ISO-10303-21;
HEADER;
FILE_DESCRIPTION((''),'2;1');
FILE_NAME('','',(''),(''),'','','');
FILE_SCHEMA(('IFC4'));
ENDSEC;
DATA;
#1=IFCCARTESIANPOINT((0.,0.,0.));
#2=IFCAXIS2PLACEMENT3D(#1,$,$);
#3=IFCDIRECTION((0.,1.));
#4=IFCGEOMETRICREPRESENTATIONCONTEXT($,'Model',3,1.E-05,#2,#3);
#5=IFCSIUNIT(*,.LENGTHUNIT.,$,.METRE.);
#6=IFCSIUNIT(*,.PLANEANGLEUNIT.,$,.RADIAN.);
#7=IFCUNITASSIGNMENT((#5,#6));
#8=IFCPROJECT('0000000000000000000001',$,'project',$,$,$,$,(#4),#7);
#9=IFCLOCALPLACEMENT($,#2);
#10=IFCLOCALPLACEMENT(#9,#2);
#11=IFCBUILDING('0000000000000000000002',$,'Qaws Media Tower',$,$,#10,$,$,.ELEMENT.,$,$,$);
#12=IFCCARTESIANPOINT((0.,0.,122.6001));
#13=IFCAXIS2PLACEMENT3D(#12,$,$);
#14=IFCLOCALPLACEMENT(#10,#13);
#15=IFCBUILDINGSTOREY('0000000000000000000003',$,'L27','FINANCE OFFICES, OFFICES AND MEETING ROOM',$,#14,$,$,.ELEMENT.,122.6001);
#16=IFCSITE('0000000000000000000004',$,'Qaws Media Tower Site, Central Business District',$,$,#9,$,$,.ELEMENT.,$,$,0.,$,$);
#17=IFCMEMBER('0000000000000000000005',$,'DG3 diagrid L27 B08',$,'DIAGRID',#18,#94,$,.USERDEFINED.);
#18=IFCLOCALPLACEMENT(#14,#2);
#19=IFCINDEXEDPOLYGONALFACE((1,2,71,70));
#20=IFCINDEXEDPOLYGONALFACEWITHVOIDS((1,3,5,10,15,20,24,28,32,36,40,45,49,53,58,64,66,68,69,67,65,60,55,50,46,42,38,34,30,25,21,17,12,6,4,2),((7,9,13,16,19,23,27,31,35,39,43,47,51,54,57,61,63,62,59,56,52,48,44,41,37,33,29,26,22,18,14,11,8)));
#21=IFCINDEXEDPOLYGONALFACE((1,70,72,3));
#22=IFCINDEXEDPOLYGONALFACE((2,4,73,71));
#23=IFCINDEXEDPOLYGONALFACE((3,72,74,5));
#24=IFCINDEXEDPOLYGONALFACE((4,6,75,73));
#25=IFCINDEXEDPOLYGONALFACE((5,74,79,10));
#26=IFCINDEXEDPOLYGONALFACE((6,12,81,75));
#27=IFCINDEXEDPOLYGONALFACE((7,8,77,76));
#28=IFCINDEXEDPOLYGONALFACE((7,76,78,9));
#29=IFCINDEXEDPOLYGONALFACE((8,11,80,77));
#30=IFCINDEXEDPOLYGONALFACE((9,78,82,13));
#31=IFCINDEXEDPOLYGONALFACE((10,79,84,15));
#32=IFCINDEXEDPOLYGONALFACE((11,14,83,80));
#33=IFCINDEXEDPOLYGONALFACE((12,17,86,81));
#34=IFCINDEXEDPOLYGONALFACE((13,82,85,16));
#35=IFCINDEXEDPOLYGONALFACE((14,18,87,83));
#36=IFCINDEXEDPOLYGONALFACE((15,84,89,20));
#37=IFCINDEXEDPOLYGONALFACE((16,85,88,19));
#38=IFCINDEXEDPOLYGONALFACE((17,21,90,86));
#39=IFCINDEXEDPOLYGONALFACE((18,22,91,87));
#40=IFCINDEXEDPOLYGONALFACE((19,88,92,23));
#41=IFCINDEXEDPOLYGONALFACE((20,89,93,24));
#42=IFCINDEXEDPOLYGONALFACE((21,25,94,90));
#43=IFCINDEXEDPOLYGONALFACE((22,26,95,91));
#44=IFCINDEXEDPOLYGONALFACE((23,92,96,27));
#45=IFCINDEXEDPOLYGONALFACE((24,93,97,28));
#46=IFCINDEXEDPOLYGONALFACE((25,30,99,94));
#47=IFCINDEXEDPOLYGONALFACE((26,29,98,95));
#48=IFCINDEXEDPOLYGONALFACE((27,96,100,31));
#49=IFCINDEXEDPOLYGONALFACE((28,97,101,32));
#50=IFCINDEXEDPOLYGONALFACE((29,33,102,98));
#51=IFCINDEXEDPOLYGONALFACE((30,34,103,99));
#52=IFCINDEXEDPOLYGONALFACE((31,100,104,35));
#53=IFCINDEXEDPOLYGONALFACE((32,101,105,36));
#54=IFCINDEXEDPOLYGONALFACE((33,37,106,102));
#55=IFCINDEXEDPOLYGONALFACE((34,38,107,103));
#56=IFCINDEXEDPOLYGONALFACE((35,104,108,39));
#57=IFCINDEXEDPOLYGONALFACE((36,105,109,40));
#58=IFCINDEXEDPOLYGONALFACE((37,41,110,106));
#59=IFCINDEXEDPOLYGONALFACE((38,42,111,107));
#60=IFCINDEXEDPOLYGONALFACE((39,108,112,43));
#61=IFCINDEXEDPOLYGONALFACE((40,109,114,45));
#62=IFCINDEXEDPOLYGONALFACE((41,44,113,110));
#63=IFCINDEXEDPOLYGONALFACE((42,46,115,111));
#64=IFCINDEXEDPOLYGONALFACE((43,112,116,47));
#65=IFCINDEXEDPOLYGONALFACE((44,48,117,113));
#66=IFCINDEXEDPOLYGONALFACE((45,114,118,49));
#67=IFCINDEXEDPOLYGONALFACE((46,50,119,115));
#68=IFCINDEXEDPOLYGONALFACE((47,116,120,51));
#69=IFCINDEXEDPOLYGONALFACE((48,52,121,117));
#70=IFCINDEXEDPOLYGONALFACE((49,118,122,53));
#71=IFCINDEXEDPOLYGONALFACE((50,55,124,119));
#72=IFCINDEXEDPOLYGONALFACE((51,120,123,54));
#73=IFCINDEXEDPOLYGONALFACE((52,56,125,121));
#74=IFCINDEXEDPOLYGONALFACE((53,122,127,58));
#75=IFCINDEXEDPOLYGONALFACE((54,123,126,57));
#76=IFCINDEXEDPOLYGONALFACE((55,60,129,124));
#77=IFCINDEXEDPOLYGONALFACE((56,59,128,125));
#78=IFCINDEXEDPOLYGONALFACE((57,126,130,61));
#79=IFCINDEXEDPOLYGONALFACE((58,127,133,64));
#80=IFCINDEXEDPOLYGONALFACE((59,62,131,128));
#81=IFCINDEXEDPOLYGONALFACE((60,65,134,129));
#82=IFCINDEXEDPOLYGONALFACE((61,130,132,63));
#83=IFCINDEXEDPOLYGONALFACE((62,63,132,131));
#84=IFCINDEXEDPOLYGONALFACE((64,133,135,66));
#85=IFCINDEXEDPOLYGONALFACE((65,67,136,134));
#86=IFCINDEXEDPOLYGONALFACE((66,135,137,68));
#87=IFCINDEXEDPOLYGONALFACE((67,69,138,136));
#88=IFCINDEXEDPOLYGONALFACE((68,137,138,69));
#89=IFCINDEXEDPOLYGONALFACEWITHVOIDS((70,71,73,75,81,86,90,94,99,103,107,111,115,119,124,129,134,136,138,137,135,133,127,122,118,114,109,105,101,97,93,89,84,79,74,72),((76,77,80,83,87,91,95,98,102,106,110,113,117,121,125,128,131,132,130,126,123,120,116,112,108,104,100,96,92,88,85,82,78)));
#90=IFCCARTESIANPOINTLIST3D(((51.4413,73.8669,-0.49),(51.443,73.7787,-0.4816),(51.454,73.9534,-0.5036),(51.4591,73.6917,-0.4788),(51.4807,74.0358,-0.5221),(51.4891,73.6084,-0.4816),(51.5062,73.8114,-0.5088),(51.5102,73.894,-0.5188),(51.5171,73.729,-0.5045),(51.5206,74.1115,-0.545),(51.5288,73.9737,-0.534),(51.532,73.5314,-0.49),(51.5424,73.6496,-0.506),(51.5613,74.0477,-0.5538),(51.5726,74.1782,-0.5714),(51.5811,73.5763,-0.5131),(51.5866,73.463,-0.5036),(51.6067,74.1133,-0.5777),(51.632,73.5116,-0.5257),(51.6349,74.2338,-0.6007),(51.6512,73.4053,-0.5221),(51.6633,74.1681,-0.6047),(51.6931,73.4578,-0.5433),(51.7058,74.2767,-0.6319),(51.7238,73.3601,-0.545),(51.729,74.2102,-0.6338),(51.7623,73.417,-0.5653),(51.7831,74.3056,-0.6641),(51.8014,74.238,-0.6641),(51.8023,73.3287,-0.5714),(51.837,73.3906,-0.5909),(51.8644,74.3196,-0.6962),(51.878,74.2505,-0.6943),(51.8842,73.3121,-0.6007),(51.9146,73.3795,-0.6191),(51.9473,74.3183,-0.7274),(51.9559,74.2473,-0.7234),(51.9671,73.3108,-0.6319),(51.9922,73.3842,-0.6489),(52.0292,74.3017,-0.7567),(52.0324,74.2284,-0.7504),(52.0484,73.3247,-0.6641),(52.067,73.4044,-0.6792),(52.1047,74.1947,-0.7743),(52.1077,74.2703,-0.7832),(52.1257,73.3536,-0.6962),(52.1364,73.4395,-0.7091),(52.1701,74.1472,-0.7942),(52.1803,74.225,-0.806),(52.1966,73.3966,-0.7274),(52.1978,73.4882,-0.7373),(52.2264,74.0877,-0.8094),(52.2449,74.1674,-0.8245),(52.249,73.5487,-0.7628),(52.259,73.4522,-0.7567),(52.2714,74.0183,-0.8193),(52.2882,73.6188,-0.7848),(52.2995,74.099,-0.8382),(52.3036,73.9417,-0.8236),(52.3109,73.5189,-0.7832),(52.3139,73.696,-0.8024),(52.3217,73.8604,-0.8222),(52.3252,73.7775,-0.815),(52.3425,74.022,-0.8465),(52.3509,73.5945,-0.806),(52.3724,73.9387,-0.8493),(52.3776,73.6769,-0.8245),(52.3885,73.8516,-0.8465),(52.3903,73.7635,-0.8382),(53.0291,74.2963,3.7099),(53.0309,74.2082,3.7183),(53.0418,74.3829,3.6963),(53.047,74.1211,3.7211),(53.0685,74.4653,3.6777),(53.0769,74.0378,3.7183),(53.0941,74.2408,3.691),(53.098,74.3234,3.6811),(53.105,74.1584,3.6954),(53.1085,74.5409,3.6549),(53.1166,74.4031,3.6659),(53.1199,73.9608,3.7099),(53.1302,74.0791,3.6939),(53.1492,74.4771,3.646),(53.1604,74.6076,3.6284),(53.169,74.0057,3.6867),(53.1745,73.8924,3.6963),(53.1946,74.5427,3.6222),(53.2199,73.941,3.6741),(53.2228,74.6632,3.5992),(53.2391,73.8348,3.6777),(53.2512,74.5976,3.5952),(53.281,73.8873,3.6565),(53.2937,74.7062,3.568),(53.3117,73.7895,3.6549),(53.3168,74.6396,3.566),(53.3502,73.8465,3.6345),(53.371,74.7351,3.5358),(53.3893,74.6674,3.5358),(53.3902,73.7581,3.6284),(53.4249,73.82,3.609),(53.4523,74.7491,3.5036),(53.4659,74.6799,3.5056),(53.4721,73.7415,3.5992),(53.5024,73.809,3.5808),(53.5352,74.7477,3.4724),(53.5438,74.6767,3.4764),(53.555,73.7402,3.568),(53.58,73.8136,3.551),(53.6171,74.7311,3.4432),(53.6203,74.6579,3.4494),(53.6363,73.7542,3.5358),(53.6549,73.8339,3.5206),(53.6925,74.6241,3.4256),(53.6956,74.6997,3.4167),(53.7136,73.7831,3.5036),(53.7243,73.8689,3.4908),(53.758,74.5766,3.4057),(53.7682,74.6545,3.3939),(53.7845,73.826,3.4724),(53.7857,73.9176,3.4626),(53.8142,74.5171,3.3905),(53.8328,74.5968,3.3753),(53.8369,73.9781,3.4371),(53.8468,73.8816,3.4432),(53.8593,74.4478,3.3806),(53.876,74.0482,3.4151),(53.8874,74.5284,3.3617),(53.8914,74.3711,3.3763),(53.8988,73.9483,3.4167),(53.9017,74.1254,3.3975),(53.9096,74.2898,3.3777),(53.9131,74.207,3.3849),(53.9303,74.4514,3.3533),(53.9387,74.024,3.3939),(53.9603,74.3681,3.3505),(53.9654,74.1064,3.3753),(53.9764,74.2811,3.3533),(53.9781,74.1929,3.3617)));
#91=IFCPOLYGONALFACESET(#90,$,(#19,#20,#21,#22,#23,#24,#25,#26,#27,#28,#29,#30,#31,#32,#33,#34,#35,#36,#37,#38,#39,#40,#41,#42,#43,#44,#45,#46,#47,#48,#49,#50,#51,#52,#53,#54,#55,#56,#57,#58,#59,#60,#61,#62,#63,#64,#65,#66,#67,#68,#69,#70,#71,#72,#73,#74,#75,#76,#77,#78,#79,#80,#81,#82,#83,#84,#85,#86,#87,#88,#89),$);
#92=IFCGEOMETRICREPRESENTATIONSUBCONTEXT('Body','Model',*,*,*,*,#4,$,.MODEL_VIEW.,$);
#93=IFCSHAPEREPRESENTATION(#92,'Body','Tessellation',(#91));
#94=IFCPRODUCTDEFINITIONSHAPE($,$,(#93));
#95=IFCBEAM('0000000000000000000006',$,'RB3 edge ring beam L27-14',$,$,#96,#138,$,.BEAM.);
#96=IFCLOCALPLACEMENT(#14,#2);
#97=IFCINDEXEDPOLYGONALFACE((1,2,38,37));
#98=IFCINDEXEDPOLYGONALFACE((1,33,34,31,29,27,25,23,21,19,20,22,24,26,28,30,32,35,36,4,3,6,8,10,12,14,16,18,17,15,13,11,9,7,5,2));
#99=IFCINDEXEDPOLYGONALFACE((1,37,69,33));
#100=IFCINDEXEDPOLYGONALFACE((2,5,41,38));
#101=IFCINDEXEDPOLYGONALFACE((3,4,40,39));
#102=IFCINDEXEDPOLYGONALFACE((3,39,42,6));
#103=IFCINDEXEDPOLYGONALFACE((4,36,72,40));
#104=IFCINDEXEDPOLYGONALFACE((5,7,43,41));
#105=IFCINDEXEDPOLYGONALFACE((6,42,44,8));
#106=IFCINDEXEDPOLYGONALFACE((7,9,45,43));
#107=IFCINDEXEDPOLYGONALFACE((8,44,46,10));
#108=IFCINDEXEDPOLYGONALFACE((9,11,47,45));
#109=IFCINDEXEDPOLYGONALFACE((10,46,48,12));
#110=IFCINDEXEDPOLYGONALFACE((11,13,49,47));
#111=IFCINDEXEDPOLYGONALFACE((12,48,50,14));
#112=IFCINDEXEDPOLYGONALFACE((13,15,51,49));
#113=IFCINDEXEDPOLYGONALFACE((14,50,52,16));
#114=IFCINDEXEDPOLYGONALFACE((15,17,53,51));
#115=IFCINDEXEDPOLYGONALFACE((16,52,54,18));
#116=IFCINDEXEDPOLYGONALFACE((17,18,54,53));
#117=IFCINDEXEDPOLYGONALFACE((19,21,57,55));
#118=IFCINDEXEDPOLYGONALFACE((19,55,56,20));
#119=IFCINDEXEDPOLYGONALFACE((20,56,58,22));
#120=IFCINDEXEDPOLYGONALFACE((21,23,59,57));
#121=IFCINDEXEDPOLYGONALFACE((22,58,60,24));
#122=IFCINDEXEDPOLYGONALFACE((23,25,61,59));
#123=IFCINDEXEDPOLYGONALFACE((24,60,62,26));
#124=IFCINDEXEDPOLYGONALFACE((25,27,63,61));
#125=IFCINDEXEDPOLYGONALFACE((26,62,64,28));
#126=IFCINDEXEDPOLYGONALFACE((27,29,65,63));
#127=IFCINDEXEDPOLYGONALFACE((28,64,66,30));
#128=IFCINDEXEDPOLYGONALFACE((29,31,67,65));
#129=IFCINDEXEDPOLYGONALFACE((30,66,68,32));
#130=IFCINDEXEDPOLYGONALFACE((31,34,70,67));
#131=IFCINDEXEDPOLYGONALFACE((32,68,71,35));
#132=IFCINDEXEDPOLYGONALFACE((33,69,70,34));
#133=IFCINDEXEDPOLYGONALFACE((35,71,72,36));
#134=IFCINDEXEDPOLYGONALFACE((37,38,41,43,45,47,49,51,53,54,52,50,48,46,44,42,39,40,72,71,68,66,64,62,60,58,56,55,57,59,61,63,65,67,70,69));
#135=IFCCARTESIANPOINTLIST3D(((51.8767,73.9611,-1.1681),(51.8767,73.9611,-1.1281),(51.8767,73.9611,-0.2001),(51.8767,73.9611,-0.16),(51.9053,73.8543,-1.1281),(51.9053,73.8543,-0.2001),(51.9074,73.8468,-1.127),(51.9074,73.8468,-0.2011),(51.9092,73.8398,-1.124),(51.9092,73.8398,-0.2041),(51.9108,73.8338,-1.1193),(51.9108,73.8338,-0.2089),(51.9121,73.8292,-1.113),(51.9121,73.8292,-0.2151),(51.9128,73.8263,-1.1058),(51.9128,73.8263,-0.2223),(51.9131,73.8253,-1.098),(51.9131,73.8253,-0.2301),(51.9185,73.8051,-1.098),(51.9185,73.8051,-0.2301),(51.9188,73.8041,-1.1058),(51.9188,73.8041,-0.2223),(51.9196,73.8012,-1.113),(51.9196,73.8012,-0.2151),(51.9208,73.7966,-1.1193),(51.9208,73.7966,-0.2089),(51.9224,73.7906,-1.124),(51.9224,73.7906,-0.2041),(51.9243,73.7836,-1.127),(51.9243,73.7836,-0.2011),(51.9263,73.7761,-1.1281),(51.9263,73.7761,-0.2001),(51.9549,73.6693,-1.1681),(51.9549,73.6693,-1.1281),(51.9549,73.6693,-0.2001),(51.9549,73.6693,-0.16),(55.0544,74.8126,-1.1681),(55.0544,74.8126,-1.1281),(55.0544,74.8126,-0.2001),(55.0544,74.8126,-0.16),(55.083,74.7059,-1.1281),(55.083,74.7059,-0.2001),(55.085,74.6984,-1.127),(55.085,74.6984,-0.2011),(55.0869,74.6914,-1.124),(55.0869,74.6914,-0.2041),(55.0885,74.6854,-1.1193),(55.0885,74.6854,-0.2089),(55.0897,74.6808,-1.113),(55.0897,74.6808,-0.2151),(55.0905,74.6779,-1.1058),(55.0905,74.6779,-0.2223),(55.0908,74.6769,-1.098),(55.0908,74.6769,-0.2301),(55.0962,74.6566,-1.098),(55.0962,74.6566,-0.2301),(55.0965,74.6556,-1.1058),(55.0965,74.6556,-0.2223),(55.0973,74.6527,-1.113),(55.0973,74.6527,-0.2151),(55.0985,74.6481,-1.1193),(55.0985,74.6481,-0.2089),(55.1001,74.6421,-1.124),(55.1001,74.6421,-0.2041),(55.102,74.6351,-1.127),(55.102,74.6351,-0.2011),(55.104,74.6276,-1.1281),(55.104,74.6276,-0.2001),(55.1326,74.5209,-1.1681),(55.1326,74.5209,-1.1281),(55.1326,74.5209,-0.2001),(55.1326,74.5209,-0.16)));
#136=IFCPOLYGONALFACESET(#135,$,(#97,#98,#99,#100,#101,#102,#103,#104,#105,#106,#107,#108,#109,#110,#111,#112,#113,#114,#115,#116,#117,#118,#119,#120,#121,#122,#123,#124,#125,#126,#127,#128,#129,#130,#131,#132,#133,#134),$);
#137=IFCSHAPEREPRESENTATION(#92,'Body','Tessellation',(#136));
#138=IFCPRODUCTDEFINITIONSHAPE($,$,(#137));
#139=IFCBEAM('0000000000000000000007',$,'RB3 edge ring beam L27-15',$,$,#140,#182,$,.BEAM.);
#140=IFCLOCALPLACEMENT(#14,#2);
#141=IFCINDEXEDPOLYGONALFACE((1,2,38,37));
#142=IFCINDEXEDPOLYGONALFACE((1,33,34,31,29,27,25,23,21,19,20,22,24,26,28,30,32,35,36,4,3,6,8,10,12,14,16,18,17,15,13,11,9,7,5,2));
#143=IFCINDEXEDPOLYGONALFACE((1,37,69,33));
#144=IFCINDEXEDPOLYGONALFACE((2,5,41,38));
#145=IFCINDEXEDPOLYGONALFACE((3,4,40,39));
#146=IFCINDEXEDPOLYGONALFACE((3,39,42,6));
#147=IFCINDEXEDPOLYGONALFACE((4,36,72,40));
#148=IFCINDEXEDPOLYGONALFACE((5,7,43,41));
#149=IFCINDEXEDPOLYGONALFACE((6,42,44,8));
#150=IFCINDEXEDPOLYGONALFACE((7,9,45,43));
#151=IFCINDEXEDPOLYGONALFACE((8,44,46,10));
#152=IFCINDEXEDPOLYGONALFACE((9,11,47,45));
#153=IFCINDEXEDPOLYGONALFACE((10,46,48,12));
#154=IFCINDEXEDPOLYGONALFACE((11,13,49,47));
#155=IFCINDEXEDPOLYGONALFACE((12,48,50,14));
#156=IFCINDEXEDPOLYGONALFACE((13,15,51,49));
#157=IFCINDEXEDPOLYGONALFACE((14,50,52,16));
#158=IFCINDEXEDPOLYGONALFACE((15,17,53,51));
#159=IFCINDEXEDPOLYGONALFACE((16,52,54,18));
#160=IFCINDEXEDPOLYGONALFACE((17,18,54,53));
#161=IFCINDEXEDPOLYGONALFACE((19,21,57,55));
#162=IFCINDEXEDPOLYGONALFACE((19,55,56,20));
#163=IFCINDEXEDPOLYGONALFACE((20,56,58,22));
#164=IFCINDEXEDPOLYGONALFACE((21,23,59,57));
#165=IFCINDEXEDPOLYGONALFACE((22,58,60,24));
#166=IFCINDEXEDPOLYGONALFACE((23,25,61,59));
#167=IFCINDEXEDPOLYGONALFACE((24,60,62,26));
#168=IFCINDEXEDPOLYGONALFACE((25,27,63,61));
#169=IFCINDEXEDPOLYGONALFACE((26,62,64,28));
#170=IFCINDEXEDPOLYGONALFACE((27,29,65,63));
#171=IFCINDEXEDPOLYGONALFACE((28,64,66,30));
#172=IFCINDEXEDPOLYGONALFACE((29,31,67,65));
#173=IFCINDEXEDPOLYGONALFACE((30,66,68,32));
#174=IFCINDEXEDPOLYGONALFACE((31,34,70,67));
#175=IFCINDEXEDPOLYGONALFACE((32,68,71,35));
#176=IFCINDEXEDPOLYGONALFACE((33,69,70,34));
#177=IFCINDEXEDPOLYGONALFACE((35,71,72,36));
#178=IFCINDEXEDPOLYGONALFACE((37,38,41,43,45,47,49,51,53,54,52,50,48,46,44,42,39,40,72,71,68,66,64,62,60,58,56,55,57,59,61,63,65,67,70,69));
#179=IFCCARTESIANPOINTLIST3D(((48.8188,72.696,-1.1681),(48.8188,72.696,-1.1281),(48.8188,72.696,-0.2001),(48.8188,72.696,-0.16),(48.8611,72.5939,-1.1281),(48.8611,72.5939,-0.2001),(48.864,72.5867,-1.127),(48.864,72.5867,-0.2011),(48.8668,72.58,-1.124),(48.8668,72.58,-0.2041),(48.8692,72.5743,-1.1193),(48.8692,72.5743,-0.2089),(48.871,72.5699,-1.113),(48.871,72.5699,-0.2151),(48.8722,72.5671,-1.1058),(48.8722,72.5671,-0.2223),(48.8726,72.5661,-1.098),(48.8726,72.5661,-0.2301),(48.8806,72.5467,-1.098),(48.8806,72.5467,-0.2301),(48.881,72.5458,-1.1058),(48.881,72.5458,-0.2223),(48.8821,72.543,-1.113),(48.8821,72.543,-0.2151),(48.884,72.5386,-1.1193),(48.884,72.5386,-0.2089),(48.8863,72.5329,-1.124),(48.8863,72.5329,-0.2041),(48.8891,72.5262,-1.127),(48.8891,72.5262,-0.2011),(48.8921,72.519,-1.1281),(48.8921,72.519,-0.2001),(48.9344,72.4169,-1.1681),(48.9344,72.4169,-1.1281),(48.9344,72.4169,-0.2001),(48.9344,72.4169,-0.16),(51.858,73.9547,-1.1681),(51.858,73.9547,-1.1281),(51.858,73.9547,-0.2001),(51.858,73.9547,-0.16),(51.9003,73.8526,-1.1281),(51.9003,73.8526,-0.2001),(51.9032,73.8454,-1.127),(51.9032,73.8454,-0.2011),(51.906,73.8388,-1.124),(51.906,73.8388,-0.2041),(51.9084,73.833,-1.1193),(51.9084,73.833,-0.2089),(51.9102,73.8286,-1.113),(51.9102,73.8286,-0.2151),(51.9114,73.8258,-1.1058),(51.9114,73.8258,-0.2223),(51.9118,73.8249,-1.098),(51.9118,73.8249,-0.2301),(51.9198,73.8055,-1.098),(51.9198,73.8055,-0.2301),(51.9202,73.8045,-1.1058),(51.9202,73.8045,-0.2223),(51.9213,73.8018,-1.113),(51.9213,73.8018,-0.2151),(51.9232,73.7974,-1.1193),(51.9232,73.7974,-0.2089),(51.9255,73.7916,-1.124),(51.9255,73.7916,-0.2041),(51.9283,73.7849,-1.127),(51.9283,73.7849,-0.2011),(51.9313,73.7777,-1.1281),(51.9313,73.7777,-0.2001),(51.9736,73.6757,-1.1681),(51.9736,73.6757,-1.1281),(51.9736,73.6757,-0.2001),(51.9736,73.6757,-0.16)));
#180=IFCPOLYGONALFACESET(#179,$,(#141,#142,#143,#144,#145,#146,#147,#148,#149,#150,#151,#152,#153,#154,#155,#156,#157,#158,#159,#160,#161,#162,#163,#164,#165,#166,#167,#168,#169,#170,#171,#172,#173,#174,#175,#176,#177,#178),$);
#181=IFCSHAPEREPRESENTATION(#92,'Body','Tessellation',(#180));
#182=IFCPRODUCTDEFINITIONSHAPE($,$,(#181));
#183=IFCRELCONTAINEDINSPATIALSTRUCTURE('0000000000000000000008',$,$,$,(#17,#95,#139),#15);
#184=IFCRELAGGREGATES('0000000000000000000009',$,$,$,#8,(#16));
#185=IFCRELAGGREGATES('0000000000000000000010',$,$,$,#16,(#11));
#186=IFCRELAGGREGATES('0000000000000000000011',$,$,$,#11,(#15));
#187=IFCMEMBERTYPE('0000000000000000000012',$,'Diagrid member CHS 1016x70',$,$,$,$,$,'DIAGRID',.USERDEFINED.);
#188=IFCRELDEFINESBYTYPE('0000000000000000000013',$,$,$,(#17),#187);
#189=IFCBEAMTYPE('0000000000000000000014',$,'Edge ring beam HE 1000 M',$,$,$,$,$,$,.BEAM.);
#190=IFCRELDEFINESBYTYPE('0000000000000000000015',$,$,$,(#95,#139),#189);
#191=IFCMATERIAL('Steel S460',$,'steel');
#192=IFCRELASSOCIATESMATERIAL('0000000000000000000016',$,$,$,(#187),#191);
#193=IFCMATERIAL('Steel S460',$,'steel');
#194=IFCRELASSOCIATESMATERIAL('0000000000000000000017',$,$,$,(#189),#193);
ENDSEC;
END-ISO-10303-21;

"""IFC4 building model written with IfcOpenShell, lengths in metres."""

from ifc_helpers import new_model, si_unit, direction, frame, origin, origin_2d, place, context, subcontext, project, spatial, hollow_circle, i_section, extrude, material, material_profile, profile_set, type_object, element, save


model = new_model("IFC4")

# Units and contexts
model_context = context("Model", 3, precision=1e-05, world=origin(), true_north=direction((0.0, 1.0)))
body_context = subcontext(model_context, "Body", "Model", "MODEL_VIEW")
ifc_project = project(units=[si_unit("LENGTHUNIT", "METRE"), si_unit("PLANEANGLEUNIT", "RADIAN")], contexts=[model_context])

# Site, building, storey
site_placement = place(None, origin())
site = spatial("IfcSite", under=ifc_project, at=site_placement, Name="Qaws Media Tower Site, Central Business District", CompositionType="ELEMENT", RefElevation=0.0)
building_placement = place(site_placement, origin())
building = spatial("IfcBuilding", under=site, at=building_placement, Name="Qaws Media Tower", CompositionType="ELEMENT")
storey_placement = place(building_placement, frame((0.0, 0.0, 122.6001)))
storey = spatial("IfcBuildingStorey", under=building, at=storey_placement, Name="L27", Description="FINANCE OFFICES, OFFICES AND MEETING ROOM", CompositionType="ELEMENT", Elevation=122.6001)

# Member
ifc_material_1 = material(Name="Steel S460", Category="steel")
ifc_material_profile_1 = material_profile(ifc_material_1, hollow_circle(Radius=0.5081, WallThickness=0.0701, at=origin_2d()), Name="CHS 1016x70")
ifc_profile_set_1 = profile_set([ifc_material_profile_1], Name="Steel S460")
member_type_1 = type_object("IfcMemberType", Name="Diagrid member CHS 1016x70", ElementType="DIAGRID", PredefinedType="USERDEFINED", material=ifc_profile_set_1)
for number, where, z_axis, x_axis, name in (
    (1, (51.9158, 73.8152, -0.6641), (0.352036, 0.095208, 0.931132), (-0.26107, 0.96532, 0.0), "DG3 diagrid L27 B08"),
):
    element("IfcMember", number, at=place(storey_placement, frame(where, z_axis=z_axis, x_axis=x_axis)), inside=storey, type_object=member_type_1, Name=name, ObjectType="DIAGRID", PredefinedType="USERDEFINED", context=body_context, shape_type="SweptSolid", body=[
        extrude(hollow_circle(Radius=0.5081, WallThickness=0.0701, at=origin_2d()), origin(), (0.0, 0.0, 1.0), 4.5105),
    ])

# Beams
ifc_material_2 = material(Name="Steel S460", Category="steel")
ifc_material_profile_2 = material_profile(ifc_material_2, i_section(OverallWidth=0.302, OverallDepth=1.0081, WebThickness=0.021, FlangeThickness=0.04, FilletRadius=0.03, at=origin_2d()), Name="HE 1000 M")
ifc_profile_set_2 = profile_set([ifc_material_profile_2], Name="Steel S460")
beam_type_1 = type_object("IfcBeamType", Name="Edge ring beam HE 1000 M", PredefinedType="BEAM", material=ifc_profile_set_2)
beam_1_placement = place(storey_placement, frame((55.0935, 74.6667, -0.6641), z_axis=(-0.965919, -0.258845, 0.0), x_axis=(0.258845, -0.965919, 0.0)))
element("IfcBeam", 2, at=beam_1_placement, inside=storey, type_object=beam_type_1, Name="RB3 edge ring beam L27-14", PredefinedType="BEAM", context=body_context, shape_type="SweptSolid", body=[
    extrude(i_section(OverallWidth=0.302, OverallDepth=1.0081, WebThickness=0.021, FlangeThickness=0.04, FilletRadius=0.03, at=origin_2d()), origin(), (0.0, 0.0, 1.0), 3.2898),
])
beam_2_placement = place(storey_placement, frame((51.9158, 73.8152, -0.6641), z_axis=(-0.923894, -0.382649, 0.0), x_axis=(0.382649, -0.923894, 0.0)))
element("IfcBeam", 3, at=beam_2_placement, inside=storey, type_object=beam_type_1, Name="RB3 edge ring beam L27-15", PredefinedType="BEAM", context=body_context, shape_type="SweptSolid", body=[
    extrude(i_section(OverallWidth=0.302, OverallDepth=1.0081, WebThickness=0.021, FlangeThickness=0.04, FilletRadius=0.03, at=origin_2d()), origin(), (0.0, 0.0, 1.0), 3.2896),
])

save(model, "model.ifc")
